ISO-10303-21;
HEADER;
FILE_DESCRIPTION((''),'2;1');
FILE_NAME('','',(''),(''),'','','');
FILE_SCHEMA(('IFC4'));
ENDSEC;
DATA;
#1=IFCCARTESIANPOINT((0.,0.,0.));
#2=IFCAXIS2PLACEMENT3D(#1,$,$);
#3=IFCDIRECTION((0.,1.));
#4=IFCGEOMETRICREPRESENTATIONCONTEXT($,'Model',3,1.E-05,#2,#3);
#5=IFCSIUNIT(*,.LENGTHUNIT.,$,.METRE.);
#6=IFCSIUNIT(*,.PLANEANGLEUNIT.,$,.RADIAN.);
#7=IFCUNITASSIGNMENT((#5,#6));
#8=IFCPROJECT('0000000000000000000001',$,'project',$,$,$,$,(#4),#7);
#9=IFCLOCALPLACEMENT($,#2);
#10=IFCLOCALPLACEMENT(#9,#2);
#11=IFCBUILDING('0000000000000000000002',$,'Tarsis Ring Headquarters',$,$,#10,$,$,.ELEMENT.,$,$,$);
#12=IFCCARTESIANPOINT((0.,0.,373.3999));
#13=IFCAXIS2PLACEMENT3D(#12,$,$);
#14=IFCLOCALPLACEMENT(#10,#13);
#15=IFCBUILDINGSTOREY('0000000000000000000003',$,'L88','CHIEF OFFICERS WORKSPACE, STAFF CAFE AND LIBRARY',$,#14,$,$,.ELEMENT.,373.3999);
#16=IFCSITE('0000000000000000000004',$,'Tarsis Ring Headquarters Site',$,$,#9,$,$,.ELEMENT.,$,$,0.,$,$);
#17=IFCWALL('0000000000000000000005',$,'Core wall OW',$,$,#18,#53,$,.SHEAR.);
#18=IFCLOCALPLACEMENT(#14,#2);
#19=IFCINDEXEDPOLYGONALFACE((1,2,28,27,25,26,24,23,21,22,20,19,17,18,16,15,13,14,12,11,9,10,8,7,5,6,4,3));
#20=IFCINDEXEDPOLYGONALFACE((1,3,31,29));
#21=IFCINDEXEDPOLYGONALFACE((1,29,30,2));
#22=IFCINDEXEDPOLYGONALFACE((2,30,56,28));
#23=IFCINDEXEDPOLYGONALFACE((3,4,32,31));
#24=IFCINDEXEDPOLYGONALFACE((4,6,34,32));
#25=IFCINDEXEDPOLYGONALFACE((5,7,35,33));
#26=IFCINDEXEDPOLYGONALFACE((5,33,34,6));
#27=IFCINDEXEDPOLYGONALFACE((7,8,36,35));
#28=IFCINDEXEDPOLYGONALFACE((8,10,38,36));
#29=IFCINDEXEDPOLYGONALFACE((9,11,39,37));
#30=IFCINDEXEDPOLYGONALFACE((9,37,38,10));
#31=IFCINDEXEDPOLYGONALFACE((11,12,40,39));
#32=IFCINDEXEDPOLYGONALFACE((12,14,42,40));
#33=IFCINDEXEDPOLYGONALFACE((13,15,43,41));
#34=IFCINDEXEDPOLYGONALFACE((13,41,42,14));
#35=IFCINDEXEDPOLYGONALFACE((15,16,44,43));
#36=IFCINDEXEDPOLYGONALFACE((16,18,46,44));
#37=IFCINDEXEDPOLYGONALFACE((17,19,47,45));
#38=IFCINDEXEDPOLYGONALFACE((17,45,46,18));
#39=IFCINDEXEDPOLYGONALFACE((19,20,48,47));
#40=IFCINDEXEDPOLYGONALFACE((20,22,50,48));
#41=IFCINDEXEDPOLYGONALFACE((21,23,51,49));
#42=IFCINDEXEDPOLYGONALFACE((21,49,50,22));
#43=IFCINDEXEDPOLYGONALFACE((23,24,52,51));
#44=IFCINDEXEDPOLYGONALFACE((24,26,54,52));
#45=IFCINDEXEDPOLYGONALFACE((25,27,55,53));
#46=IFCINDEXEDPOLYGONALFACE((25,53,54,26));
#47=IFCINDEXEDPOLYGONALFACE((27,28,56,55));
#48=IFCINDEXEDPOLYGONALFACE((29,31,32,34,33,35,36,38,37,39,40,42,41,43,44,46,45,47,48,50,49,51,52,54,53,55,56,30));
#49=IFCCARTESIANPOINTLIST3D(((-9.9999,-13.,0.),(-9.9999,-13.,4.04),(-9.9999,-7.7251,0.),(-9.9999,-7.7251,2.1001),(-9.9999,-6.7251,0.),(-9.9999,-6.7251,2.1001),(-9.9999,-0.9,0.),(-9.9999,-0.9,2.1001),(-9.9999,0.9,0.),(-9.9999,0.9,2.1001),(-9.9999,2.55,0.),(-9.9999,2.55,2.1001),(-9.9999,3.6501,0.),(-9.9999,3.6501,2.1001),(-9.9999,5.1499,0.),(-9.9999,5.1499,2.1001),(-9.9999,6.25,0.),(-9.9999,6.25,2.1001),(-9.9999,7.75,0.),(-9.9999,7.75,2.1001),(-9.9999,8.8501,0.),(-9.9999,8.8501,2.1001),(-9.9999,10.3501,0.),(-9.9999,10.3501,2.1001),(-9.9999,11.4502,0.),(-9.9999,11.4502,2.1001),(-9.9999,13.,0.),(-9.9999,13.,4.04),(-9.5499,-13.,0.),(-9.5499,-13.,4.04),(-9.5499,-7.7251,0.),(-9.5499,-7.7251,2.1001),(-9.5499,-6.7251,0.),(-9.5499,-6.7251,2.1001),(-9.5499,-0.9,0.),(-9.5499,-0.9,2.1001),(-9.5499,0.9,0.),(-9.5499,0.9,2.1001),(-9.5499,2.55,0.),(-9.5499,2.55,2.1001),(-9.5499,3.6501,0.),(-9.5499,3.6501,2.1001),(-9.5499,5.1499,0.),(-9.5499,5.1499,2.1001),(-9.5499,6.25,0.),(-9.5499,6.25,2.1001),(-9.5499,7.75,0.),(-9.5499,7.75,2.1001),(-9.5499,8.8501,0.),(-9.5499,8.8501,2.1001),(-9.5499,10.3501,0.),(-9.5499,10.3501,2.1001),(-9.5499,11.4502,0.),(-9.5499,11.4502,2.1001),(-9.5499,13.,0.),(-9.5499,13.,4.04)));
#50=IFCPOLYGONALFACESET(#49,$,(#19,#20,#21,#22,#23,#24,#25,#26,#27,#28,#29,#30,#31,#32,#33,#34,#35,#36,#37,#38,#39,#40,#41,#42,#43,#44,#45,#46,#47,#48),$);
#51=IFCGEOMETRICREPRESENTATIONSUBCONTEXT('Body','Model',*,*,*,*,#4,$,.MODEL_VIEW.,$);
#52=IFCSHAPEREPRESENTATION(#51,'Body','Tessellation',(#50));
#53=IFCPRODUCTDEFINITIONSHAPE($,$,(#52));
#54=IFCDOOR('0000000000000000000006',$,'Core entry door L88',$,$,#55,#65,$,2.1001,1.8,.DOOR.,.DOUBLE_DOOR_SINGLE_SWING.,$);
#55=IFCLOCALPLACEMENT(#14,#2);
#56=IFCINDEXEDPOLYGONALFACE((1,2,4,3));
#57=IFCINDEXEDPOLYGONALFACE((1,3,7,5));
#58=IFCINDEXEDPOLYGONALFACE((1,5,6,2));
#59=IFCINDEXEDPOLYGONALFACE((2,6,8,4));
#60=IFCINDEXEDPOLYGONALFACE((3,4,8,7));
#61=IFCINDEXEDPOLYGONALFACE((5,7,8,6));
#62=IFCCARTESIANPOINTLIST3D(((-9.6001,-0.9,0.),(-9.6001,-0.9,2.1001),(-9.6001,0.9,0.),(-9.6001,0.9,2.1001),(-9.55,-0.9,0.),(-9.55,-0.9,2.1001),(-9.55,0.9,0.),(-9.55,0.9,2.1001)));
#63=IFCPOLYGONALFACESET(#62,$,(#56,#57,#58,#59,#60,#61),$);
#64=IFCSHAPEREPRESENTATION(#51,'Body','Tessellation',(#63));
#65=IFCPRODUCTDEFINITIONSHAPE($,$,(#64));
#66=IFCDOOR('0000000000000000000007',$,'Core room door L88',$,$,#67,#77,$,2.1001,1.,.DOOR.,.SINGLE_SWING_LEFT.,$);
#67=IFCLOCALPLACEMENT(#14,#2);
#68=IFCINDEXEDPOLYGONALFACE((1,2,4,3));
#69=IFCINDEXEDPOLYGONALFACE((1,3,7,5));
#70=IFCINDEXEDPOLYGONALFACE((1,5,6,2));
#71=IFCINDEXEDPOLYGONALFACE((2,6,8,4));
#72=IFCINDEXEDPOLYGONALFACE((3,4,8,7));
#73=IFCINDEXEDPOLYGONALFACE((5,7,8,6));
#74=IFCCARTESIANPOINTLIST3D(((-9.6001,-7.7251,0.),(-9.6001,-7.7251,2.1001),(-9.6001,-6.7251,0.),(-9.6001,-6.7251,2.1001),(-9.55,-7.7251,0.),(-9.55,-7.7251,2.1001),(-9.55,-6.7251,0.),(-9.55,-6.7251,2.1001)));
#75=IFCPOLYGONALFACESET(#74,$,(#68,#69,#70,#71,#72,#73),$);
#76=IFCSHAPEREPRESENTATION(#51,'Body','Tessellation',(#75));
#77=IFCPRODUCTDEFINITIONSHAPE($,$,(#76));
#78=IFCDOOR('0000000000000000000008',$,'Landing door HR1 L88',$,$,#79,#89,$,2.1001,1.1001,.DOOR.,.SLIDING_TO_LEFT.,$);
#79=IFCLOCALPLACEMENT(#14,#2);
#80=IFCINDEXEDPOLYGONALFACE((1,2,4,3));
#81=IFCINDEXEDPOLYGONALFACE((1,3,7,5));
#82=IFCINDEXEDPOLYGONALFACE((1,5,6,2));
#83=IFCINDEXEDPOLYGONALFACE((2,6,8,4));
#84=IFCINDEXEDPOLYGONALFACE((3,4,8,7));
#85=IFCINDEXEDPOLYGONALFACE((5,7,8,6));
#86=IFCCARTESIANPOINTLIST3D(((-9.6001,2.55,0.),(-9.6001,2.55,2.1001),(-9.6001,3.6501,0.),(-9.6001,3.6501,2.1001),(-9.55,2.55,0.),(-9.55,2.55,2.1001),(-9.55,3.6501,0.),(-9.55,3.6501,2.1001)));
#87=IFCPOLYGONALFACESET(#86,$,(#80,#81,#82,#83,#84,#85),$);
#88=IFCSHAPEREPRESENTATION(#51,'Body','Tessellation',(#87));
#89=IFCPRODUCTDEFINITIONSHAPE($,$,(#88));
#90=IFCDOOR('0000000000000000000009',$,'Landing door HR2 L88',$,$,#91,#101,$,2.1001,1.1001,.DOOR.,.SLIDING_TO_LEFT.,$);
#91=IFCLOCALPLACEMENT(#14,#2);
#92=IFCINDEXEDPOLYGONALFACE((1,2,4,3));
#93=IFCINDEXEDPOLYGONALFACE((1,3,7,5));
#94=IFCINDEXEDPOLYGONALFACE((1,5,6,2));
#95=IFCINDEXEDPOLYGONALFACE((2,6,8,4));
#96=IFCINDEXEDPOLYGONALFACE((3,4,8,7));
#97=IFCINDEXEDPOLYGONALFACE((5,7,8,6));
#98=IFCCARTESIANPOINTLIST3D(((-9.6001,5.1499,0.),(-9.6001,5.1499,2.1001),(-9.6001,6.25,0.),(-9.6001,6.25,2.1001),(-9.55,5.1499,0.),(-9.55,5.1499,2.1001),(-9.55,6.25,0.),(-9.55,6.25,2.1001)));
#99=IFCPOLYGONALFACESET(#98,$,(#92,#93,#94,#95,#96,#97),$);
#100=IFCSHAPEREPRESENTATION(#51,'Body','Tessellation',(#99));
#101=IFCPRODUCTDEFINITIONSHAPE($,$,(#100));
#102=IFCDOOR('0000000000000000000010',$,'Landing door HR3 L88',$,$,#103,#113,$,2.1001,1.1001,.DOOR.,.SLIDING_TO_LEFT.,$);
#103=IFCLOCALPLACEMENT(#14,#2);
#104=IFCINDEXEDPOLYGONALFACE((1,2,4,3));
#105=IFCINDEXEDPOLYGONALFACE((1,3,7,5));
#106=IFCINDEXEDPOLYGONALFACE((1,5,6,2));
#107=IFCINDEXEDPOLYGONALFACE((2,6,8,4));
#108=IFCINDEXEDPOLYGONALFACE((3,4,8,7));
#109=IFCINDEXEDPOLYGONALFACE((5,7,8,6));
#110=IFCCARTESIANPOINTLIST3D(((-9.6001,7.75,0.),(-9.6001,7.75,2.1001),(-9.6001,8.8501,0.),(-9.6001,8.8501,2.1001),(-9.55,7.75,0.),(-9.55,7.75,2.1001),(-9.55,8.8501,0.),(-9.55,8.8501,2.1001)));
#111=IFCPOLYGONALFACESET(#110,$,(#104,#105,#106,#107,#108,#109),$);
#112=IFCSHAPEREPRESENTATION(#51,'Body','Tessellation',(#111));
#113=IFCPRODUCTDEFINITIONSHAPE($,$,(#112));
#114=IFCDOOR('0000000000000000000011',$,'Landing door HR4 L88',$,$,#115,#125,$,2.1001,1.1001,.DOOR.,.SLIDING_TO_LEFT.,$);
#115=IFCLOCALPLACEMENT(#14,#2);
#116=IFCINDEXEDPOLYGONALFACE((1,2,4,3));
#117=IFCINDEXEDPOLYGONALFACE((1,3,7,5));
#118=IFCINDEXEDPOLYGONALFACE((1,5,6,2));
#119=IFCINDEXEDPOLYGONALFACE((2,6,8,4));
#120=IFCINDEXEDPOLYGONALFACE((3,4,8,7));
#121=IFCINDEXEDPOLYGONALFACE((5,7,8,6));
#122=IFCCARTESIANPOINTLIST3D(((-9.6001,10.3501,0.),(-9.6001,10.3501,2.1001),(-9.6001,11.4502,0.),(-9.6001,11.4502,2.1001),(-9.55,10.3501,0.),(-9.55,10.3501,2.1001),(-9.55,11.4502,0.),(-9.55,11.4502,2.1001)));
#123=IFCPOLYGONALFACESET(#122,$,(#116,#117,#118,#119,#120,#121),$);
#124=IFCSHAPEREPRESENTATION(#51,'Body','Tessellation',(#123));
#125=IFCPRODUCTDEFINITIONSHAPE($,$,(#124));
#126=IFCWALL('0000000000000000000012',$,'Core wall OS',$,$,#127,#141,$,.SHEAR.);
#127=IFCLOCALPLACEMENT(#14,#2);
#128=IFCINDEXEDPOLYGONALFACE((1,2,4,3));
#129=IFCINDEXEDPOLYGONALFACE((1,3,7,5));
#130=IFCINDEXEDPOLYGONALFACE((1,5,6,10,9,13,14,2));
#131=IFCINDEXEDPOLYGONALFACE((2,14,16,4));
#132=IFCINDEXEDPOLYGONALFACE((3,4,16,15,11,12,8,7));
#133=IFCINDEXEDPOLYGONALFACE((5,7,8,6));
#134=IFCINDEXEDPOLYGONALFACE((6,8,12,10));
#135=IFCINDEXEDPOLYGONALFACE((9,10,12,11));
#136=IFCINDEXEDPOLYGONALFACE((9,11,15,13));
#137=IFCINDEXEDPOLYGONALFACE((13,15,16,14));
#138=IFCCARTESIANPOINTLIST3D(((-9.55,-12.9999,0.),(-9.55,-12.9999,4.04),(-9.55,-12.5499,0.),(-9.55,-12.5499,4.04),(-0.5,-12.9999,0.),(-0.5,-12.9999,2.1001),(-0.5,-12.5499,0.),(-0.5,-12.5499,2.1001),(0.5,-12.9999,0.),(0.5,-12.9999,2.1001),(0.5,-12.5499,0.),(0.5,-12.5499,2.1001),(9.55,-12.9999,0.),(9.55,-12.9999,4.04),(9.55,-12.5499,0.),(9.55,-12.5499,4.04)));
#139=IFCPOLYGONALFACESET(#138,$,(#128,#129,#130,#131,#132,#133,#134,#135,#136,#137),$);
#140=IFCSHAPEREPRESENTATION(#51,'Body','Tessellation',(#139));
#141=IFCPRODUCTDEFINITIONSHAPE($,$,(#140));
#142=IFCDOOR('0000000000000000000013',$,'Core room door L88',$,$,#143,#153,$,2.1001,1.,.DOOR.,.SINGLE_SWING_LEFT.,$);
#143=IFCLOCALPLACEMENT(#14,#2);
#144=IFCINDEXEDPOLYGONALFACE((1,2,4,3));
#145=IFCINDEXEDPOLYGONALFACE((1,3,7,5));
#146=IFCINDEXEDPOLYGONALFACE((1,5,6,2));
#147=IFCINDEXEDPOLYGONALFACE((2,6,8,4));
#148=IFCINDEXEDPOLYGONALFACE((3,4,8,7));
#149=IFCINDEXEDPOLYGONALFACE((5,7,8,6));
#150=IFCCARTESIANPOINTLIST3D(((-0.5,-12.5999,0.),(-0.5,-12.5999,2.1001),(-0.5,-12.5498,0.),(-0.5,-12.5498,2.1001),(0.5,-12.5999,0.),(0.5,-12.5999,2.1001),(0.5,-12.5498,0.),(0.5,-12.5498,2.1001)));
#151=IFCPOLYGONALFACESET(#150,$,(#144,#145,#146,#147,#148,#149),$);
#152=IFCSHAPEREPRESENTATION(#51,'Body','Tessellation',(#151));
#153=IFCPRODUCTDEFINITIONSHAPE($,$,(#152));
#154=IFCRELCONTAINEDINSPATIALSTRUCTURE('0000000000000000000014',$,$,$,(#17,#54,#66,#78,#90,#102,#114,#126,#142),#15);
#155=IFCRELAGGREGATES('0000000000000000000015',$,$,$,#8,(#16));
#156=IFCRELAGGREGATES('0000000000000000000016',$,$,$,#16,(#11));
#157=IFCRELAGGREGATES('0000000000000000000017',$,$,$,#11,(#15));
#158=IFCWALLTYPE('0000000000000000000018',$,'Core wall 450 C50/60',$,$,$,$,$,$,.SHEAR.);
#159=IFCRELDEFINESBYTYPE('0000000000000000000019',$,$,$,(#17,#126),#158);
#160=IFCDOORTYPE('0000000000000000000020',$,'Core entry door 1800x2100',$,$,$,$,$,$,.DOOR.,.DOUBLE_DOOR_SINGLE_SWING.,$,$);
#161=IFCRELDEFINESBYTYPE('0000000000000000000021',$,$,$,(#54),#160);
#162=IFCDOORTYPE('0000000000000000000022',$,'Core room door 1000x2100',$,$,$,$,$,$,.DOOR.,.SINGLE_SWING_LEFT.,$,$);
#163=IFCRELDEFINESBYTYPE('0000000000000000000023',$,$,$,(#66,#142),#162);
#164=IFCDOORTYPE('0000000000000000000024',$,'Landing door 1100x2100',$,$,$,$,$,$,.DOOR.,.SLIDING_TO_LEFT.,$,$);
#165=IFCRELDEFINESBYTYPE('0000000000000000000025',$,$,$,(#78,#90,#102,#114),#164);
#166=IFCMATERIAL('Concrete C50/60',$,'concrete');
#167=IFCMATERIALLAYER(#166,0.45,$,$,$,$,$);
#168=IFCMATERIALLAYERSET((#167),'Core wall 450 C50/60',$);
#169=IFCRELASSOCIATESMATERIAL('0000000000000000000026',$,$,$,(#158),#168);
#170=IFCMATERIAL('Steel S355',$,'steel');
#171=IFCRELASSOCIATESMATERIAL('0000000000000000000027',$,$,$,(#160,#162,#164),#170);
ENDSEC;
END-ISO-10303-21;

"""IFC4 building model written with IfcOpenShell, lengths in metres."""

from ifc_helpers import new_model, si_unit, direction, frame, frame_2d, origin, place, context, subcontext, project, spatial, rectangle, extrude, material, layer, layer_set, type_object, element, fill, save


model = new_model("IFC4")

# Units and contexts
model_context = context("Model", 3, precision=1e-05, world=origin(), true_north=direction((0.0, 1.0)))
body_context = subcontext(model_context, "Body", "Model", "MODEL_VIEW")
ifc_project = project(units=[si_unit("LENGTHUNIT", "METRE"), si_unit("PLANEANGLEUNIT", "RADIAN")], contexts=[model_context])

# Site, building, storey
site_placement = place(None, origin())
site = spatial("IfcSite", under=ifc_project, at=site_placement, Name="Tarsis Ring Headquarters Site", CompositionType="ELEMENT", RefElevation=0.0)
building_placement = place(site_placement, origin())
building = spatial("IfcBuilding", under=site, at=building_placement, Name="Tarsis Ring Headquarters", CompositionType="ELEMENT")
storey_placement = place(building_placement, frame((0.0, 0.0, 373.3999)))
storey = spatial("IfcBuildingStorey", under=building, at=storey_placement, Name="L88", Description="CHIEF OFFICERS WORKSPACE, STAFF CAFE AND LIBRARY", CompositionType="ELEMENT", Elevation=373.3999)

# Wall, openings, doors
ifc_material_1 = material(Name="Concrete C50/60", Category="concrete")
ifc_layer_1 = layer(ifc_material_1, 0.45)
ifc_layer_set_1 = layer_set([ifc_layer_1], Name="Core wall 450 C50/60")
wall_type_1 = type_object("IfcWallType", Name="Core wall 450 C50/60", PredefinedType="SHEAR", material=ifc_layer_set_1)
wall_1_placement = place(storey_placement, frame((-9.7749, -13.0, 0.0), z_axis=(0.0, 0.0, 1.0), x_axis=(0.0, 1.0, 0.0)))
wall_1 = element("IfcWall", 1, at=wall_1_placement, inside=storey, type_object=wall_type_1, Name="Core wall OW", PredefinedType="SHEAR", context=body_context, shape_type="SweptSolid", body=[
    extrude(rectangle(XDim=26.0, YDim=0.45, at=frame_2d((13.0, 0.0))), origin(), (0.0, 0.0, 1.0), 4.04),
])
opening_1_placement = place(wall_1_placement, frame((5.2749, 0.0, 0.0)))
opening_1 = element("IfcOpeningElement", 2, at=opening_1_placement, cuts=wall_1, PredefinedType="OPENING", context=body_context, shape_type="SweptSolid", body=[
    extrude(rectangle(XDim=1.0, YDim=2.1001, at=frame_2d((0.5, 1.05))), frame((0.0, 0.2349, 0.0), z_axis=(0.0, -1.0, 0.0), x_axis=(1.0, 0.0, 0.0)), (0.0, 0.0, 1.0), 0.47),
])
opening_2_placement = place(wall_1_placement, frame((12.1001, 0.0, 0.0)))
opening_2 = element("IfcOpeningElement", 3, at=opening_2_placement, cuts=wall_1, PredefinedType="OPENING", context=body_context, shape_type="SweptSolid", body=[
    extrude(rectangle(XDim=1.8, YDim=2.1001, at=frame_2d((0.8999, 1.05))), frame((0.0, 0.2349, 0.0), z_axis=(0.0, -1.0, 0.0), x_axis=(1.0, 0.0, 0.0)), (0.0, 0.0, 1.0), 0.47),
])
opening_3_placement = place(wall_1_placement, frame((15.55, 0.0, 0.0)))
opening_3 = element("IfcOpeningElement", 4, at=opening_3_placement, cuts=wall_1, PredefinedType="OPENING", context=body_context, shape_type="SweptSolid", body=[
    extrude(rectangle(XDim=1.1001, YDim=2.1001, at=frame_2d((0.55, 1.05))), frame((0.0, 0.2349, 0.0), z_axis=(0.0, -1.0, 0.0), x_axis=(1.0, 0.0, 0.0)), (0.0, 0.0, 1.0), 0.47),
])
opening_4_placement = place(wall_1_placement, frame((18.1499, 0.0, 0.0)))
opening_4 = element("IfcOpeningElement", 5, at=opening_4_placement, cuts=wall_1, PredefinedType="OPENING", context=body_context, shape_type="SweptSolid", body=[
    extrude(rectangle(XDim=1.1001, YDim=2.1001, at=frame_2d((0.55, 1.05))), frame((0.0, 0.2349, 0.0), z_axis=(0.0, -1.0, 0.0), x_axis=(1.0, 0.0, 0.0)), (0.0, 0.0, 1.0), 0.47),
])
opening_5_placement = place(wall_1_placement, frame((20.75, 0.0, 0.0)))
opening_5 = element("IfcOpeningElement", 6, at=opening_5_placement, cuts=wall_1, PredefinedType="OPENING", context=body_context, shape_type="SweptSolid", body=[
    extrude(rectangle(XDim=1.1001, YDim=2.1001, at=frame_2d((0.55, 1.05))), frame((0.0, 0.2349, 0.0), z_axis=(0.0, -1.0, 0.0), x_axis=(1.0, 0.0, 0.0)), (0.0, 0.0, 1.0), 0.47),
])
opening_6_placement = place(wall_1_placement, frame((23.3501, 0.0, 0.0)))
opening_6 = element("IfcOpeningElement", 7, at=opening_6_placement, cuts=wall_1, PredefinedType="OPENING", context=body_context, shape_type="SweptSolid", body=[
    extrude(rectangle(XDim=1.1001, YDim=2.1001, at=frame_2d((0.55, 1.05))), frame((0.0, 0.2349, 0.0), z_axis=(0.0, -1.0, 0.0), x_axis=(1.0, 0.0, 0.0)), (0.0, 0.0, 1.0), 0.47),
])
ifc_material_2 = material(Name="Steel S355", Category="steel")
door_type_1 = type_object("IfcDoorType", Name="Core entry door 1800x2100", OperationType="DOUBLE_DOOR_SINGLE_SWING", PredefinedType="DOOR", material=ifc_material_2)
door_1_placement = place(opening_2_placement, origin())
door_1 = element("IfcDoor", 8, at=door_1_placement, inside=storey, type_object=door_type_1, Name="Core entry door L88", OperationType="DOUBLE_DOOR_SINGLE_SWING", OverallHeight=2.1001, OverallWidth=1.8, PredefinedType="DOOR", context=body_context, shape_type="SweptSolid", body=[
    extrude(rectangle(XDim=1.8, YDim=2.1001, at=frame_2d((0.8999, 1.05))), frame((0.0, -0.1748, 0.0), z_axis=(0.0, -1.0, 0.0), x_axis=(1.0, 0.0, 0.0)), (0.0, 0.0, 1.0), 0.05),
])
fill(opening_2, door_1)
door_type_2 = type_object("IfcDoorType", Name="Core room door 1000x2100", OperationType="SINGLE_SWING_LEFT", PredefinedType="DOOR", material=ifc_material_2)
door_2_placement = place(opening_1_placement, origin())
door_2 = element("IfcDoor", 9, at=door_2_placement, inside=storey, type_object=door_type_2, Name="Core room door L88", OperationType="SINGLE_SWING_LEFT", OverallHeight=2.1001, OverallWidth=1.0, PredefinedType="DOOR", context=body_context, shape_type="SweptSolid", body=[
    extrude(rectangle(XDim=1.0, YDim=2.1001, at=frame_2d((0.5, 1.05))), frame((0.0, -0.1748, 0.0), z_axis=(0.0, -1.0, 0.0), x_axis=(1.0, 0.0, 0.0)), (0.0, 0.0, 1.0), 0.05),
])
fill(opening_1, door_2)
door_type_3 = type_object("IfcDoorType", Name="Landing door 1100x2100", OperationType="SLIDING_TO_LEFT", PredefinedType="DOOR", material=ifc_material_2)
door_3_placement = place(opening_3_placement, origin())
door_3 = element("IfcDoor", 10, at=door_3_placement, inside=storey, type_object=door_type_3, Name="Landing door HR1 L88", OperationType="SLIDING_TO_LEFT", OverallHeight=2.1001, OverallWidth=1.1001, PredefinedType="DOOR", context=body_context, shape_type="SweptSolid", body=[
    extrude(rectangle(XDim=1.1001, YDim=2.1001, at=frame_2d((0.55, 1.05))), frame((0.0, -0.1748, 0.0), z_axis=(0.0, -1.0, 0.0), x_axis=(1.0, 0.0, 0.0)), (0.0, 0.0, 1.0), 0.05),
])
fill(opening_3, door_3)
door_4_placement = place(opening_4_placement, origin())
door_4 = element("IfcDoor", 11, at=door_4_placement, inside=storey, type_object=door_type_3, Name="Landing door HR2 L88", OperationType="SLIDING_TO_LEFT", OverallHeight=2.1001, OverallWidth=1.1001, PredefinedType="DOOR", context=body_context, shape_type="SweptSolid", body=[
    extrude(rectangle(XDim=1.1001, YDim=2.1001, at=frame_2d((0.55, 1.05))), frame((0.0, -0.1748, 0.0), z_axis=(0.0, -1.0, 0.0), x_axis=(1.0, 0.0, 0.0)), (0.0, 0.0, 1.0), 0.05),
])
fill(opening_4, door_4)
door_5_placement = place(opening_5_placement, origin())
door_5 = element("IfcDoor", 12, at=door_5_placement, inside=storey, type_object=door_type_3, Name="Landing door HR3 L88", OperationType="SLIDING_TO_LEFT", OverallHeight=2.1001, OverallWidth=1.1001, PredefinedType="DOOR", context=body_context, shape_type="SweptSolid", body=[
    extrude(rectangle(XDim=1.1001, YDim=2.1001, at=frame_2d((0.55, 1.05))), frame((0.0, -0.1748, 0.0), z_axis=(0.0, -1.0, 0.0), x_axis=(1.0, 0.0, 0.0)), (0.0, 0.0, 1.0), 0.05),
])
fill(opening_5, door_5)
door_6_placement = place(opening_6_placement, origin())
door_6 = element("IfcDoor", 13, at=door_6_placement, inside=storey, type_object=door_type_3, Name="Landing door HR4 L88", OperationType="SLIDING_TO_LEFT", OverallHeight=2.1001, OverallWidth=1.1001, PredefinedType="DOOR", context=body_context, shape_type="SweptSolid", body=[
    extrude(rectangle(XDim=1.1001, YDim=2.1001, at=frame_2d((0.55, 1.05))), frame((0.0, -0.1748, 0.0), z_axis=(0.0, -1.0, 0.0), x_axis=(1.0, 0.0, 0.0)), (0.0, 0.0, 1.0), 0.05),
])
fill(opening_6, door_6)

# Wall, opening, door
wall_2_placement = place(storey_placement, frame((-9.55, -12.7749, 0.0), z_axis=(0.0, 0.0, 1.0), x_axis=(1.0, 0.0, 0.0)))
wall_2 = element("IfcWall", 14, at=wall_2_placement, inside=storey, type_object=wall_type_1, Name="Core wall OS", PredefinedType="SHEAR", context=body_context, shape_type="SweptSolid", body=[
    extrude(rectangle(XDim=19.1001, YDim=0.45, at=frame_2d((9.55, 0.0))), origin(), (0.0, 0.0, 1.0), 4.04),
])
opening_7_placement = place(wall_2_placement, frame((9.05, 0.0, 0.0)))
opening_7 = element("IfcOpeningElement", 15, at=opening_7_placement, cuts=wall_2, PredefinedType="OPENING", context=body_context, shape_type="SweptSolid", body=[
    extrude(rectangle(XDim=1.0, YDim=2.1001, at=frame_2d((0.5, 1.05))), frame((0.0, 0.2349, 0.0), z_axis=(0.0, -1.0, 0.0), x_axis=(1.0, 0.0, 0.0)), (0.0, 0.0, 1.0), 0.47),
])
door_7_placement = place(opening_7_placement, origin())
door_7 = element("IfcDoor", 16, at=door_7_placement, inside=storey, type_object=door_type_2, Name="Core room door L88", OperationType="SINGLE_SWING_LEFT", OverallHeight=2.1001, OverallWidth=1.0, PredefinedType="DOOR", context=body_context, shape_type="SweptSolid", body=[
    extrude(rectangle(XDim=1.0, YDim=2.1001, at=frame_2d((0.5, 1.05))), frame((0.0, 0.2251, 0.0), z_axis=(0.0, -1.0, 0.0), x_axis=(1.0, 0.0, 0.0)), (0.0, 0.0, 1.0), 0.05),
])
fill(opening_7, door_7)

save(model, "model.ifc")
